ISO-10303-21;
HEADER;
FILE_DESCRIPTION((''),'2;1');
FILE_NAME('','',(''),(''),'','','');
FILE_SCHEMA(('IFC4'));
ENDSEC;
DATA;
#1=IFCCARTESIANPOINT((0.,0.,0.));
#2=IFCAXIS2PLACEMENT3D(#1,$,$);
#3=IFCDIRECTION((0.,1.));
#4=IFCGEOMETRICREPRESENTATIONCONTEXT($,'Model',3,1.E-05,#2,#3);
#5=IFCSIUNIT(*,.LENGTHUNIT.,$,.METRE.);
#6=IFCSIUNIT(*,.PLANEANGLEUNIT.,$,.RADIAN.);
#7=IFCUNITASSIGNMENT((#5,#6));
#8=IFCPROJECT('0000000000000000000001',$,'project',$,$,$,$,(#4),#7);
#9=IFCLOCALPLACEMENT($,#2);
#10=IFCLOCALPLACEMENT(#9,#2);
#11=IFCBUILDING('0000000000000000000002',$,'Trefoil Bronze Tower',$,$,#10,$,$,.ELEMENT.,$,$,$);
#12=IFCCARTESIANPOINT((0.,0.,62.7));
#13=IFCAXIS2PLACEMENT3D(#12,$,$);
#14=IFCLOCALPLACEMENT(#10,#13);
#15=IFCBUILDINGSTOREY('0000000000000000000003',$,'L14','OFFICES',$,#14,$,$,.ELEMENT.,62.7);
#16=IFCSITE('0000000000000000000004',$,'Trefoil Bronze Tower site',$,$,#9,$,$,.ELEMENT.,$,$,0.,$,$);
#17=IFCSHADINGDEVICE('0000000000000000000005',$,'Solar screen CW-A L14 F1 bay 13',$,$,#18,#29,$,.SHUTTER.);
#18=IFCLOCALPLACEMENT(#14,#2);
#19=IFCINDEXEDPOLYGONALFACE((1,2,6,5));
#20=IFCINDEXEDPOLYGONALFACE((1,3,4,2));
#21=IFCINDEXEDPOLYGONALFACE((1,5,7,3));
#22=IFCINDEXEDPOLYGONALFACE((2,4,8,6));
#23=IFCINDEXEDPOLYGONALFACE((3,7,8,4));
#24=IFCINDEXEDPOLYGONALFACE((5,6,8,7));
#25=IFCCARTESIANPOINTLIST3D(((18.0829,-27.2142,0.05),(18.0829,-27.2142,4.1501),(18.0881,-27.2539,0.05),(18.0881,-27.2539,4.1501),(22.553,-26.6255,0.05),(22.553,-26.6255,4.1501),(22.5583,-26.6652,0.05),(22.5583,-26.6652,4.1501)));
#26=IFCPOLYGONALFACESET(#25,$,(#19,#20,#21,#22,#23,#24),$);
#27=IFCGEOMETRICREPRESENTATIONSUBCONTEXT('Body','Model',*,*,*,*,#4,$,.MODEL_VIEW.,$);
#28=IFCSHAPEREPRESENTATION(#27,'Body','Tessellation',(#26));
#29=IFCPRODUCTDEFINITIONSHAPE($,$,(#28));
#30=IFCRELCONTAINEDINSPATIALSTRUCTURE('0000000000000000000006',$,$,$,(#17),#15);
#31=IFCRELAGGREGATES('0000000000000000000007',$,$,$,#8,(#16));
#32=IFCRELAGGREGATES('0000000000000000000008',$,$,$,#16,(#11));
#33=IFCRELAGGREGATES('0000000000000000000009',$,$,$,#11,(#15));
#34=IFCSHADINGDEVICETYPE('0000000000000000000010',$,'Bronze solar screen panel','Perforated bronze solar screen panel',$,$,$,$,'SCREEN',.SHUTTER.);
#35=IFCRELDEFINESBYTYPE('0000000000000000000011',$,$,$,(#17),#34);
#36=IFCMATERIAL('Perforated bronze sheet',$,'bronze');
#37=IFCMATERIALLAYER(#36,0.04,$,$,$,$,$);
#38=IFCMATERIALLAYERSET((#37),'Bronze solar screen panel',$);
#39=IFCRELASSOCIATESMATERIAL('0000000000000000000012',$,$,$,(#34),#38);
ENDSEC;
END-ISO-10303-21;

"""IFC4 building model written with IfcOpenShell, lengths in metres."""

from ifc_helpers import new_model, si_unit, direction, frame, origin, origin_2d, place, context, subcontext, project, spatial, rectangle, extrude, material, layer, layer_set, type_object, element, save


model = new_model("IFC4")

# Units and contexts
model_context = context("Model", 3, precision=1e-05, world=origin(), true_north=direction((0.0, 1.0)))
body_context = subcontext(model_context, "Body", "Model", "MODEL_VIEW")
ifc_project = project(units=[si_unit("LENGTHUNIT", "METRE"), si_unit("PLANEANGLEUNIT", "RADIAN")], contexts=[model_context])

# Site, building, storey
site_placement = place(None, origin())
site = spatial("IfcSite", under=ifc_project, at=site_placement, Name="Trefoil Bronze Tower site", CompositionType="ELEMENT", RefElevation=0.0)
building_placement = place(site_placement, origin())
building = spatial("IfcBuilding", under=site, at=building_placement, Name="Trefoil Bronze Tower", CompositionType="ELEMENT")
storey_placement = place(building_placement, frame((0.0, 0.0, 62.7)))
storey = spatial("IfcBuildingStorey", under=building, at=storey_placement, Name="L14", Description="OFFICES", CompositionType="ELEMENT", Elevation=62.7)

# Shading device
ifc_material_1 = material(Name="Perforated bronze sheet", Category="bronze")
ifc_layer_1 = layer(ifc_material_1, 0.04)
ifc_layer_set_1 = layer_set([ifc_layer_1], Name="Bronze solar screen panel")
shading_device_type = type_object("IfcShadingDeviceType", Name="Bronze solar screen panel", Description="Perforated bronze solar screen panel", ElementType="SCREEN", PredefinedType="SHUTTER", material=ifc_layer_set_1)
shading_device_1_placement = place(storey_placement, frame((20.3206, -26.9397, 0.05), z_axis=(0.0, 0.0, 1.0), x_axis=(0.991437, 0.130584, 0.0)))
element("IfcShadingDevice", 1, at=shading_device_1_placement, inside=storey, type_object=shading_device_type, Name="Solar screen CW-A L14 F1 bay 13", PredefinedType="SHUTTER", context=body_context, shape_type="SweptSolid", body=[
    extrude(rectangle(XDim=4.5088, YDim=0.04, at=origin_2d()), origin(), (0.0, 0.0, 1.0), 4.1001),
])

save(model, "model.ifc")
